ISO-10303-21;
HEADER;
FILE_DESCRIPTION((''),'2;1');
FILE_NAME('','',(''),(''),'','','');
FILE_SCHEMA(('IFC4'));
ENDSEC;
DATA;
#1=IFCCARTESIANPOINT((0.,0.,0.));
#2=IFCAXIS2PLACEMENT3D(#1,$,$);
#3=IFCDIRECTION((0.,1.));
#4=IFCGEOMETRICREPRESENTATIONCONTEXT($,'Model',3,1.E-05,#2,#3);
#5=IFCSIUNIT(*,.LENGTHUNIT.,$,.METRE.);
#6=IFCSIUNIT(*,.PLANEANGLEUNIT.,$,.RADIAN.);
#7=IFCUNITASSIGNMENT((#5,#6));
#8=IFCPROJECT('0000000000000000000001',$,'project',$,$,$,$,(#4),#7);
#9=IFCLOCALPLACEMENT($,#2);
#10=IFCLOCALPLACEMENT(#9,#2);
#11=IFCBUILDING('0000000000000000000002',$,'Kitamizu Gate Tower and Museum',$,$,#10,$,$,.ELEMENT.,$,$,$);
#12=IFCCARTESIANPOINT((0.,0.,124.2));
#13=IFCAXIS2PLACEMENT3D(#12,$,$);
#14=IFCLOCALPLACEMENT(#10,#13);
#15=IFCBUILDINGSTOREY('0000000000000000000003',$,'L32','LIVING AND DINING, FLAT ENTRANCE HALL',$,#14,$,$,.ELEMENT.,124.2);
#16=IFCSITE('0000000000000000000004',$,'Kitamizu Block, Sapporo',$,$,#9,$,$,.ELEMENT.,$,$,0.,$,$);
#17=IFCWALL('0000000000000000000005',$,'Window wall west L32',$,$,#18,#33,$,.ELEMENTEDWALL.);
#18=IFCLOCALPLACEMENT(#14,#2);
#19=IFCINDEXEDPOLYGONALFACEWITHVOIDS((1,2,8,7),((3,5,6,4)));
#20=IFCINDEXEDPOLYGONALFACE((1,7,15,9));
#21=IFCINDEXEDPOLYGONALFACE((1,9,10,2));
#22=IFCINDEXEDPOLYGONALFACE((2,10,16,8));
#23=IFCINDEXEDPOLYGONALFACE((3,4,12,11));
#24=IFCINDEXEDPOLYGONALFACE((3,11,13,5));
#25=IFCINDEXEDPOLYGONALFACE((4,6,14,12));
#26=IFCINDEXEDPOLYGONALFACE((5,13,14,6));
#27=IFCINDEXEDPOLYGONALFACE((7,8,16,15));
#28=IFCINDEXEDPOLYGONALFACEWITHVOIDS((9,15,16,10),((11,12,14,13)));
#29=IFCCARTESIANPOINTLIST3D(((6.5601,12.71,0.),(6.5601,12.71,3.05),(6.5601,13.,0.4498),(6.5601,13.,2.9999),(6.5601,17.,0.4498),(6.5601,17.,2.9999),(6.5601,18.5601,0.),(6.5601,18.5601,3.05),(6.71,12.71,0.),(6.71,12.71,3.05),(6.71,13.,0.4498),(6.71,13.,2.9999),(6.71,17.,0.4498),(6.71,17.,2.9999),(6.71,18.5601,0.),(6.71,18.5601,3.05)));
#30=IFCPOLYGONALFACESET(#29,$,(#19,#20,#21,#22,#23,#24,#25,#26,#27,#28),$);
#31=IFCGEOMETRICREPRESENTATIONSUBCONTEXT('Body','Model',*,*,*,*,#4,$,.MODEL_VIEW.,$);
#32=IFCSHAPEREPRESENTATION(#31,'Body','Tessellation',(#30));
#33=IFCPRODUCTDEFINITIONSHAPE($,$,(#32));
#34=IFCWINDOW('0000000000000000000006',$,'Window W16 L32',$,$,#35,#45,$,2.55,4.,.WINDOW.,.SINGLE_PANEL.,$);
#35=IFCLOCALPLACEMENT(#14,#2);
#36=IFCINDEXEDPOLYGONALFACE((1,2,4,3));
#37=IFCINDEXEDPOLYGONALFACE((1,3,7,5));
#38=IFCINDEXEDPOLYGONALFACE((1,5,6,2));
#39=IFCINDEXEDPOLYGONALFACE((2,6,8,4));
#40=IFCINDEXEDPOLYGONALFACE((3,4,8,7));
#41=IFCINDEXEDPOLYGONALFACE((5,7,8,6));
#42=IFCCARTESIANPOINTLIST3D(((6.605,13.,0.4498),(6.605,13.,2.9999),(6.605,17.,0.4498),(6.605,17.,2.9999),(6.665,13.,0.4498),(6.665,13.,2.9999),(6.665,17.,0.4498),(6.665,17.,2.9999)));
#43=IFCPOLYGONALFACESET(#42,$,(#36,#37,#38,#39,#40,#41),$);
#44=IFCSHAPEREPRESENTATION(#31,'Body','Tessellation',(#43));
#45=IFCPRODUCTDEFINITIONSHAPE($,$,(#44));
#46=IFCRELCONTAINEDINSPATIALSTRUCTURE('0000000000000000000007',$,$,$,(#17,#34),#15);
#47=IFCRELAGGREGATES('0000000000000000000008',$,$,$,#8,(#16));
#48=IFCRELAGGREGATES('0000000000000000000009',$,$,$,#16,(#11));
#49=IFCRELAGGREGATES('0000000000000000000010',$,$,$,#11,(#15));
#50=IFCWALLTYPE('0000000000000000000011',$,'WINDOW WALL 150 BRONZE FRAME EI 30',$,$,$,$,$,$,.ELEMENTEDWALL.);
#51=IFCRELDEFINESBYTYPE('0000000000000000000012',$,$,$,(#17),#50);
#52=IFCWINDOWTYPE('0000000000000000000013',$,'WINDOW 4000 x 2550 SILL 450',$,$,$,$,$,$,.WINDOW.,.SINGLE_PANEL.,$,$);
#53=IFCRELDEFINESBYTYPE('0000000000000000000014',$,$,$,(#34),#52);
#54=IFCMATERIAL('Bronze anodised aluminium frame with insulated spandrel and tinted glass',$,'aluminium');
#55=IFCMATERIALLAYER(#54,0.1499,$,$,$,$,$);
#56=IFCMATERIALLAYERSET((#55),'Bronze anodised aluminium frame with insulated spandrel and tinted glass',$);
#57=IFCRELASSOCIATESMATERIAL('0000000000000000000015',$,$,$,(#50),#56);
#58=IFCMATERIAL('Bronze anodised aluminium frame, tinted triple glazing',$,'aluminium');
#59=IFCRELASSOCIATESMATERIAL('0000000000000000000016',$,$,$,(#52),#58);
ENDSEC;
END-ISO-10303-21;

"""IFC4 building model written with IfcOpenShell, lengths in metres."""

from ifc_helpers import new_model, si_unit, direction, frame, frame_2d, origin, place, context, subcontext, project, spatial, rectangle, extrude, material, layer, layer_set, type_object, element, fill, save


model = new_model("IFC4")

# Units and contexts
model_context = context("Model", 3, precision=1e-05, world=origin(), true_north=direction((0.0, 1.0)))
body_context = subcontext(model_context, "Body", "Model", "MODEL_VIEW")
ifc_project = project(units=[si_unit("LENGTHUNIT", "METRE"), si_unit("PLANEANGLEUNIT", "RADIAN")], contexts=[model_context])

# Site, building, storey
site_placement = place(None, origin())
site = spatial("IfcSite", under=ifc_project, at=site_placement, Name="Kitamizu Block, Sapporo", CompositionType="ELEMENT", RefElevation=0.0)
building_placement = place(site_placement, origin())
building = spatial("IfcBuilding", under=site, at=building_placement, Name="Kitamizu Gate Tower and Museum", CompositionType="ELEMENT")
storey_placement = place(building_placement, frame((0.0, 0.0, 124.2)))
storey = spatial("IfcBuildingStorey", under=building, at=storey_placement, Name="L32", Description="LIVING AND DINING, FLAT ENTRANCE HALL", CompositionType="ELEMENT", Elevation=124.2)

# Shared definitions
ifc_material_1 = material(Name="Bronze anodised aluminium frame with insulated spandrel and tinted glass", Category="aluminium")
ifc_layer = layer(ifc_material_1, 0.1499)
ifc_layer_set = layer_set([ifc_layer], Name="Bronze anodised aluminium frame with insulated spandrel and tinted glass")
wall_type = type_object("IfcWallType", Name="WINDOW WALL 150 BRONZE FRAME EI 30", PredefinedType="ELEMENTEDWALL", material=ifc_layer_set)

# Wall, opening, window
wall_1_placement = place(storey_placement, frame((6.635, 12.71, 0.0), z_axis=(0.0, 0.0, 1.0), x_axis=(0.0, 1.0, 0.0)))
wall_1 = element("IfcWall", 1, at=wall_1_placement, inside=storey, type_object=wall_type, Name="Window wall west L32", PredefinedType="ELEMENTEDWALL", context=body_context, shape_type="SweptSolid", body=[
    extrude(rectangle(XDim=5.8501, YDim=0.1499, at=frame_2d((2.925, 0.0))), origin(), (0.0, 0.0, 1.0), 3.05),
])
opening_1_placement = place(wall_1_placement, frame((0.29, 0.0, 0.45)))
opening_1 = element("IfcOpeningElement", 2, at=opening_1_placement, cuts=wall_1, PredefinedType="OPENING", context=body_context, shape_type="SweptSolid", body=[
    extrude(rectangle(XDim=4.0, YDim=2.55, at=frame_2d((2.0, 1.2749))), frame((0.0, 0.085, 0.0), z_axis=(0.0, -1.0, 0.0), x_axis=(1.0, 0.0, 0.0)), (0.0, 0.0, 1.0), 0.1699),
])
ifc_material_2 = material(Name="Bronze anodised aluminium frame, tinted triple glazing", Category="aluminium")
window_type_1 = type_object("IfcWindowType", Name="WINDOW 4000 x 2550 SILL 450", PartitioningType="SINGLE_PANEL", PredefinedType="WINDOW", material=ifc_material_2)
window_1_placement = place(opening_1_placement, origin())
window_1 = element("IfcWindow", 3, at=window_1_placement, inside=storey, type_object=window_type_1, Name="Window W16 L32", OverallHeight=2.55, OverallWidth=4.0, PartitioningType="SINGLE_PANEL", PredefinedType="WINDOW", context=body_context, shape_type="SweptSolid", body=[
    extrude(rectangle(XDim=4.0, YDim=2.55, at=frame_2d((2.0, 1.2749))), frame((0.0, 0.03, 0.0), z_axis=(0.0, -1.0, 0.0), x_axis=(1.0, 0.0, 0.0)), (0.0, 0.0, 1.0), 0.0601),
])
fill(opening_1, window_1)

save(model, "model.ifc")
